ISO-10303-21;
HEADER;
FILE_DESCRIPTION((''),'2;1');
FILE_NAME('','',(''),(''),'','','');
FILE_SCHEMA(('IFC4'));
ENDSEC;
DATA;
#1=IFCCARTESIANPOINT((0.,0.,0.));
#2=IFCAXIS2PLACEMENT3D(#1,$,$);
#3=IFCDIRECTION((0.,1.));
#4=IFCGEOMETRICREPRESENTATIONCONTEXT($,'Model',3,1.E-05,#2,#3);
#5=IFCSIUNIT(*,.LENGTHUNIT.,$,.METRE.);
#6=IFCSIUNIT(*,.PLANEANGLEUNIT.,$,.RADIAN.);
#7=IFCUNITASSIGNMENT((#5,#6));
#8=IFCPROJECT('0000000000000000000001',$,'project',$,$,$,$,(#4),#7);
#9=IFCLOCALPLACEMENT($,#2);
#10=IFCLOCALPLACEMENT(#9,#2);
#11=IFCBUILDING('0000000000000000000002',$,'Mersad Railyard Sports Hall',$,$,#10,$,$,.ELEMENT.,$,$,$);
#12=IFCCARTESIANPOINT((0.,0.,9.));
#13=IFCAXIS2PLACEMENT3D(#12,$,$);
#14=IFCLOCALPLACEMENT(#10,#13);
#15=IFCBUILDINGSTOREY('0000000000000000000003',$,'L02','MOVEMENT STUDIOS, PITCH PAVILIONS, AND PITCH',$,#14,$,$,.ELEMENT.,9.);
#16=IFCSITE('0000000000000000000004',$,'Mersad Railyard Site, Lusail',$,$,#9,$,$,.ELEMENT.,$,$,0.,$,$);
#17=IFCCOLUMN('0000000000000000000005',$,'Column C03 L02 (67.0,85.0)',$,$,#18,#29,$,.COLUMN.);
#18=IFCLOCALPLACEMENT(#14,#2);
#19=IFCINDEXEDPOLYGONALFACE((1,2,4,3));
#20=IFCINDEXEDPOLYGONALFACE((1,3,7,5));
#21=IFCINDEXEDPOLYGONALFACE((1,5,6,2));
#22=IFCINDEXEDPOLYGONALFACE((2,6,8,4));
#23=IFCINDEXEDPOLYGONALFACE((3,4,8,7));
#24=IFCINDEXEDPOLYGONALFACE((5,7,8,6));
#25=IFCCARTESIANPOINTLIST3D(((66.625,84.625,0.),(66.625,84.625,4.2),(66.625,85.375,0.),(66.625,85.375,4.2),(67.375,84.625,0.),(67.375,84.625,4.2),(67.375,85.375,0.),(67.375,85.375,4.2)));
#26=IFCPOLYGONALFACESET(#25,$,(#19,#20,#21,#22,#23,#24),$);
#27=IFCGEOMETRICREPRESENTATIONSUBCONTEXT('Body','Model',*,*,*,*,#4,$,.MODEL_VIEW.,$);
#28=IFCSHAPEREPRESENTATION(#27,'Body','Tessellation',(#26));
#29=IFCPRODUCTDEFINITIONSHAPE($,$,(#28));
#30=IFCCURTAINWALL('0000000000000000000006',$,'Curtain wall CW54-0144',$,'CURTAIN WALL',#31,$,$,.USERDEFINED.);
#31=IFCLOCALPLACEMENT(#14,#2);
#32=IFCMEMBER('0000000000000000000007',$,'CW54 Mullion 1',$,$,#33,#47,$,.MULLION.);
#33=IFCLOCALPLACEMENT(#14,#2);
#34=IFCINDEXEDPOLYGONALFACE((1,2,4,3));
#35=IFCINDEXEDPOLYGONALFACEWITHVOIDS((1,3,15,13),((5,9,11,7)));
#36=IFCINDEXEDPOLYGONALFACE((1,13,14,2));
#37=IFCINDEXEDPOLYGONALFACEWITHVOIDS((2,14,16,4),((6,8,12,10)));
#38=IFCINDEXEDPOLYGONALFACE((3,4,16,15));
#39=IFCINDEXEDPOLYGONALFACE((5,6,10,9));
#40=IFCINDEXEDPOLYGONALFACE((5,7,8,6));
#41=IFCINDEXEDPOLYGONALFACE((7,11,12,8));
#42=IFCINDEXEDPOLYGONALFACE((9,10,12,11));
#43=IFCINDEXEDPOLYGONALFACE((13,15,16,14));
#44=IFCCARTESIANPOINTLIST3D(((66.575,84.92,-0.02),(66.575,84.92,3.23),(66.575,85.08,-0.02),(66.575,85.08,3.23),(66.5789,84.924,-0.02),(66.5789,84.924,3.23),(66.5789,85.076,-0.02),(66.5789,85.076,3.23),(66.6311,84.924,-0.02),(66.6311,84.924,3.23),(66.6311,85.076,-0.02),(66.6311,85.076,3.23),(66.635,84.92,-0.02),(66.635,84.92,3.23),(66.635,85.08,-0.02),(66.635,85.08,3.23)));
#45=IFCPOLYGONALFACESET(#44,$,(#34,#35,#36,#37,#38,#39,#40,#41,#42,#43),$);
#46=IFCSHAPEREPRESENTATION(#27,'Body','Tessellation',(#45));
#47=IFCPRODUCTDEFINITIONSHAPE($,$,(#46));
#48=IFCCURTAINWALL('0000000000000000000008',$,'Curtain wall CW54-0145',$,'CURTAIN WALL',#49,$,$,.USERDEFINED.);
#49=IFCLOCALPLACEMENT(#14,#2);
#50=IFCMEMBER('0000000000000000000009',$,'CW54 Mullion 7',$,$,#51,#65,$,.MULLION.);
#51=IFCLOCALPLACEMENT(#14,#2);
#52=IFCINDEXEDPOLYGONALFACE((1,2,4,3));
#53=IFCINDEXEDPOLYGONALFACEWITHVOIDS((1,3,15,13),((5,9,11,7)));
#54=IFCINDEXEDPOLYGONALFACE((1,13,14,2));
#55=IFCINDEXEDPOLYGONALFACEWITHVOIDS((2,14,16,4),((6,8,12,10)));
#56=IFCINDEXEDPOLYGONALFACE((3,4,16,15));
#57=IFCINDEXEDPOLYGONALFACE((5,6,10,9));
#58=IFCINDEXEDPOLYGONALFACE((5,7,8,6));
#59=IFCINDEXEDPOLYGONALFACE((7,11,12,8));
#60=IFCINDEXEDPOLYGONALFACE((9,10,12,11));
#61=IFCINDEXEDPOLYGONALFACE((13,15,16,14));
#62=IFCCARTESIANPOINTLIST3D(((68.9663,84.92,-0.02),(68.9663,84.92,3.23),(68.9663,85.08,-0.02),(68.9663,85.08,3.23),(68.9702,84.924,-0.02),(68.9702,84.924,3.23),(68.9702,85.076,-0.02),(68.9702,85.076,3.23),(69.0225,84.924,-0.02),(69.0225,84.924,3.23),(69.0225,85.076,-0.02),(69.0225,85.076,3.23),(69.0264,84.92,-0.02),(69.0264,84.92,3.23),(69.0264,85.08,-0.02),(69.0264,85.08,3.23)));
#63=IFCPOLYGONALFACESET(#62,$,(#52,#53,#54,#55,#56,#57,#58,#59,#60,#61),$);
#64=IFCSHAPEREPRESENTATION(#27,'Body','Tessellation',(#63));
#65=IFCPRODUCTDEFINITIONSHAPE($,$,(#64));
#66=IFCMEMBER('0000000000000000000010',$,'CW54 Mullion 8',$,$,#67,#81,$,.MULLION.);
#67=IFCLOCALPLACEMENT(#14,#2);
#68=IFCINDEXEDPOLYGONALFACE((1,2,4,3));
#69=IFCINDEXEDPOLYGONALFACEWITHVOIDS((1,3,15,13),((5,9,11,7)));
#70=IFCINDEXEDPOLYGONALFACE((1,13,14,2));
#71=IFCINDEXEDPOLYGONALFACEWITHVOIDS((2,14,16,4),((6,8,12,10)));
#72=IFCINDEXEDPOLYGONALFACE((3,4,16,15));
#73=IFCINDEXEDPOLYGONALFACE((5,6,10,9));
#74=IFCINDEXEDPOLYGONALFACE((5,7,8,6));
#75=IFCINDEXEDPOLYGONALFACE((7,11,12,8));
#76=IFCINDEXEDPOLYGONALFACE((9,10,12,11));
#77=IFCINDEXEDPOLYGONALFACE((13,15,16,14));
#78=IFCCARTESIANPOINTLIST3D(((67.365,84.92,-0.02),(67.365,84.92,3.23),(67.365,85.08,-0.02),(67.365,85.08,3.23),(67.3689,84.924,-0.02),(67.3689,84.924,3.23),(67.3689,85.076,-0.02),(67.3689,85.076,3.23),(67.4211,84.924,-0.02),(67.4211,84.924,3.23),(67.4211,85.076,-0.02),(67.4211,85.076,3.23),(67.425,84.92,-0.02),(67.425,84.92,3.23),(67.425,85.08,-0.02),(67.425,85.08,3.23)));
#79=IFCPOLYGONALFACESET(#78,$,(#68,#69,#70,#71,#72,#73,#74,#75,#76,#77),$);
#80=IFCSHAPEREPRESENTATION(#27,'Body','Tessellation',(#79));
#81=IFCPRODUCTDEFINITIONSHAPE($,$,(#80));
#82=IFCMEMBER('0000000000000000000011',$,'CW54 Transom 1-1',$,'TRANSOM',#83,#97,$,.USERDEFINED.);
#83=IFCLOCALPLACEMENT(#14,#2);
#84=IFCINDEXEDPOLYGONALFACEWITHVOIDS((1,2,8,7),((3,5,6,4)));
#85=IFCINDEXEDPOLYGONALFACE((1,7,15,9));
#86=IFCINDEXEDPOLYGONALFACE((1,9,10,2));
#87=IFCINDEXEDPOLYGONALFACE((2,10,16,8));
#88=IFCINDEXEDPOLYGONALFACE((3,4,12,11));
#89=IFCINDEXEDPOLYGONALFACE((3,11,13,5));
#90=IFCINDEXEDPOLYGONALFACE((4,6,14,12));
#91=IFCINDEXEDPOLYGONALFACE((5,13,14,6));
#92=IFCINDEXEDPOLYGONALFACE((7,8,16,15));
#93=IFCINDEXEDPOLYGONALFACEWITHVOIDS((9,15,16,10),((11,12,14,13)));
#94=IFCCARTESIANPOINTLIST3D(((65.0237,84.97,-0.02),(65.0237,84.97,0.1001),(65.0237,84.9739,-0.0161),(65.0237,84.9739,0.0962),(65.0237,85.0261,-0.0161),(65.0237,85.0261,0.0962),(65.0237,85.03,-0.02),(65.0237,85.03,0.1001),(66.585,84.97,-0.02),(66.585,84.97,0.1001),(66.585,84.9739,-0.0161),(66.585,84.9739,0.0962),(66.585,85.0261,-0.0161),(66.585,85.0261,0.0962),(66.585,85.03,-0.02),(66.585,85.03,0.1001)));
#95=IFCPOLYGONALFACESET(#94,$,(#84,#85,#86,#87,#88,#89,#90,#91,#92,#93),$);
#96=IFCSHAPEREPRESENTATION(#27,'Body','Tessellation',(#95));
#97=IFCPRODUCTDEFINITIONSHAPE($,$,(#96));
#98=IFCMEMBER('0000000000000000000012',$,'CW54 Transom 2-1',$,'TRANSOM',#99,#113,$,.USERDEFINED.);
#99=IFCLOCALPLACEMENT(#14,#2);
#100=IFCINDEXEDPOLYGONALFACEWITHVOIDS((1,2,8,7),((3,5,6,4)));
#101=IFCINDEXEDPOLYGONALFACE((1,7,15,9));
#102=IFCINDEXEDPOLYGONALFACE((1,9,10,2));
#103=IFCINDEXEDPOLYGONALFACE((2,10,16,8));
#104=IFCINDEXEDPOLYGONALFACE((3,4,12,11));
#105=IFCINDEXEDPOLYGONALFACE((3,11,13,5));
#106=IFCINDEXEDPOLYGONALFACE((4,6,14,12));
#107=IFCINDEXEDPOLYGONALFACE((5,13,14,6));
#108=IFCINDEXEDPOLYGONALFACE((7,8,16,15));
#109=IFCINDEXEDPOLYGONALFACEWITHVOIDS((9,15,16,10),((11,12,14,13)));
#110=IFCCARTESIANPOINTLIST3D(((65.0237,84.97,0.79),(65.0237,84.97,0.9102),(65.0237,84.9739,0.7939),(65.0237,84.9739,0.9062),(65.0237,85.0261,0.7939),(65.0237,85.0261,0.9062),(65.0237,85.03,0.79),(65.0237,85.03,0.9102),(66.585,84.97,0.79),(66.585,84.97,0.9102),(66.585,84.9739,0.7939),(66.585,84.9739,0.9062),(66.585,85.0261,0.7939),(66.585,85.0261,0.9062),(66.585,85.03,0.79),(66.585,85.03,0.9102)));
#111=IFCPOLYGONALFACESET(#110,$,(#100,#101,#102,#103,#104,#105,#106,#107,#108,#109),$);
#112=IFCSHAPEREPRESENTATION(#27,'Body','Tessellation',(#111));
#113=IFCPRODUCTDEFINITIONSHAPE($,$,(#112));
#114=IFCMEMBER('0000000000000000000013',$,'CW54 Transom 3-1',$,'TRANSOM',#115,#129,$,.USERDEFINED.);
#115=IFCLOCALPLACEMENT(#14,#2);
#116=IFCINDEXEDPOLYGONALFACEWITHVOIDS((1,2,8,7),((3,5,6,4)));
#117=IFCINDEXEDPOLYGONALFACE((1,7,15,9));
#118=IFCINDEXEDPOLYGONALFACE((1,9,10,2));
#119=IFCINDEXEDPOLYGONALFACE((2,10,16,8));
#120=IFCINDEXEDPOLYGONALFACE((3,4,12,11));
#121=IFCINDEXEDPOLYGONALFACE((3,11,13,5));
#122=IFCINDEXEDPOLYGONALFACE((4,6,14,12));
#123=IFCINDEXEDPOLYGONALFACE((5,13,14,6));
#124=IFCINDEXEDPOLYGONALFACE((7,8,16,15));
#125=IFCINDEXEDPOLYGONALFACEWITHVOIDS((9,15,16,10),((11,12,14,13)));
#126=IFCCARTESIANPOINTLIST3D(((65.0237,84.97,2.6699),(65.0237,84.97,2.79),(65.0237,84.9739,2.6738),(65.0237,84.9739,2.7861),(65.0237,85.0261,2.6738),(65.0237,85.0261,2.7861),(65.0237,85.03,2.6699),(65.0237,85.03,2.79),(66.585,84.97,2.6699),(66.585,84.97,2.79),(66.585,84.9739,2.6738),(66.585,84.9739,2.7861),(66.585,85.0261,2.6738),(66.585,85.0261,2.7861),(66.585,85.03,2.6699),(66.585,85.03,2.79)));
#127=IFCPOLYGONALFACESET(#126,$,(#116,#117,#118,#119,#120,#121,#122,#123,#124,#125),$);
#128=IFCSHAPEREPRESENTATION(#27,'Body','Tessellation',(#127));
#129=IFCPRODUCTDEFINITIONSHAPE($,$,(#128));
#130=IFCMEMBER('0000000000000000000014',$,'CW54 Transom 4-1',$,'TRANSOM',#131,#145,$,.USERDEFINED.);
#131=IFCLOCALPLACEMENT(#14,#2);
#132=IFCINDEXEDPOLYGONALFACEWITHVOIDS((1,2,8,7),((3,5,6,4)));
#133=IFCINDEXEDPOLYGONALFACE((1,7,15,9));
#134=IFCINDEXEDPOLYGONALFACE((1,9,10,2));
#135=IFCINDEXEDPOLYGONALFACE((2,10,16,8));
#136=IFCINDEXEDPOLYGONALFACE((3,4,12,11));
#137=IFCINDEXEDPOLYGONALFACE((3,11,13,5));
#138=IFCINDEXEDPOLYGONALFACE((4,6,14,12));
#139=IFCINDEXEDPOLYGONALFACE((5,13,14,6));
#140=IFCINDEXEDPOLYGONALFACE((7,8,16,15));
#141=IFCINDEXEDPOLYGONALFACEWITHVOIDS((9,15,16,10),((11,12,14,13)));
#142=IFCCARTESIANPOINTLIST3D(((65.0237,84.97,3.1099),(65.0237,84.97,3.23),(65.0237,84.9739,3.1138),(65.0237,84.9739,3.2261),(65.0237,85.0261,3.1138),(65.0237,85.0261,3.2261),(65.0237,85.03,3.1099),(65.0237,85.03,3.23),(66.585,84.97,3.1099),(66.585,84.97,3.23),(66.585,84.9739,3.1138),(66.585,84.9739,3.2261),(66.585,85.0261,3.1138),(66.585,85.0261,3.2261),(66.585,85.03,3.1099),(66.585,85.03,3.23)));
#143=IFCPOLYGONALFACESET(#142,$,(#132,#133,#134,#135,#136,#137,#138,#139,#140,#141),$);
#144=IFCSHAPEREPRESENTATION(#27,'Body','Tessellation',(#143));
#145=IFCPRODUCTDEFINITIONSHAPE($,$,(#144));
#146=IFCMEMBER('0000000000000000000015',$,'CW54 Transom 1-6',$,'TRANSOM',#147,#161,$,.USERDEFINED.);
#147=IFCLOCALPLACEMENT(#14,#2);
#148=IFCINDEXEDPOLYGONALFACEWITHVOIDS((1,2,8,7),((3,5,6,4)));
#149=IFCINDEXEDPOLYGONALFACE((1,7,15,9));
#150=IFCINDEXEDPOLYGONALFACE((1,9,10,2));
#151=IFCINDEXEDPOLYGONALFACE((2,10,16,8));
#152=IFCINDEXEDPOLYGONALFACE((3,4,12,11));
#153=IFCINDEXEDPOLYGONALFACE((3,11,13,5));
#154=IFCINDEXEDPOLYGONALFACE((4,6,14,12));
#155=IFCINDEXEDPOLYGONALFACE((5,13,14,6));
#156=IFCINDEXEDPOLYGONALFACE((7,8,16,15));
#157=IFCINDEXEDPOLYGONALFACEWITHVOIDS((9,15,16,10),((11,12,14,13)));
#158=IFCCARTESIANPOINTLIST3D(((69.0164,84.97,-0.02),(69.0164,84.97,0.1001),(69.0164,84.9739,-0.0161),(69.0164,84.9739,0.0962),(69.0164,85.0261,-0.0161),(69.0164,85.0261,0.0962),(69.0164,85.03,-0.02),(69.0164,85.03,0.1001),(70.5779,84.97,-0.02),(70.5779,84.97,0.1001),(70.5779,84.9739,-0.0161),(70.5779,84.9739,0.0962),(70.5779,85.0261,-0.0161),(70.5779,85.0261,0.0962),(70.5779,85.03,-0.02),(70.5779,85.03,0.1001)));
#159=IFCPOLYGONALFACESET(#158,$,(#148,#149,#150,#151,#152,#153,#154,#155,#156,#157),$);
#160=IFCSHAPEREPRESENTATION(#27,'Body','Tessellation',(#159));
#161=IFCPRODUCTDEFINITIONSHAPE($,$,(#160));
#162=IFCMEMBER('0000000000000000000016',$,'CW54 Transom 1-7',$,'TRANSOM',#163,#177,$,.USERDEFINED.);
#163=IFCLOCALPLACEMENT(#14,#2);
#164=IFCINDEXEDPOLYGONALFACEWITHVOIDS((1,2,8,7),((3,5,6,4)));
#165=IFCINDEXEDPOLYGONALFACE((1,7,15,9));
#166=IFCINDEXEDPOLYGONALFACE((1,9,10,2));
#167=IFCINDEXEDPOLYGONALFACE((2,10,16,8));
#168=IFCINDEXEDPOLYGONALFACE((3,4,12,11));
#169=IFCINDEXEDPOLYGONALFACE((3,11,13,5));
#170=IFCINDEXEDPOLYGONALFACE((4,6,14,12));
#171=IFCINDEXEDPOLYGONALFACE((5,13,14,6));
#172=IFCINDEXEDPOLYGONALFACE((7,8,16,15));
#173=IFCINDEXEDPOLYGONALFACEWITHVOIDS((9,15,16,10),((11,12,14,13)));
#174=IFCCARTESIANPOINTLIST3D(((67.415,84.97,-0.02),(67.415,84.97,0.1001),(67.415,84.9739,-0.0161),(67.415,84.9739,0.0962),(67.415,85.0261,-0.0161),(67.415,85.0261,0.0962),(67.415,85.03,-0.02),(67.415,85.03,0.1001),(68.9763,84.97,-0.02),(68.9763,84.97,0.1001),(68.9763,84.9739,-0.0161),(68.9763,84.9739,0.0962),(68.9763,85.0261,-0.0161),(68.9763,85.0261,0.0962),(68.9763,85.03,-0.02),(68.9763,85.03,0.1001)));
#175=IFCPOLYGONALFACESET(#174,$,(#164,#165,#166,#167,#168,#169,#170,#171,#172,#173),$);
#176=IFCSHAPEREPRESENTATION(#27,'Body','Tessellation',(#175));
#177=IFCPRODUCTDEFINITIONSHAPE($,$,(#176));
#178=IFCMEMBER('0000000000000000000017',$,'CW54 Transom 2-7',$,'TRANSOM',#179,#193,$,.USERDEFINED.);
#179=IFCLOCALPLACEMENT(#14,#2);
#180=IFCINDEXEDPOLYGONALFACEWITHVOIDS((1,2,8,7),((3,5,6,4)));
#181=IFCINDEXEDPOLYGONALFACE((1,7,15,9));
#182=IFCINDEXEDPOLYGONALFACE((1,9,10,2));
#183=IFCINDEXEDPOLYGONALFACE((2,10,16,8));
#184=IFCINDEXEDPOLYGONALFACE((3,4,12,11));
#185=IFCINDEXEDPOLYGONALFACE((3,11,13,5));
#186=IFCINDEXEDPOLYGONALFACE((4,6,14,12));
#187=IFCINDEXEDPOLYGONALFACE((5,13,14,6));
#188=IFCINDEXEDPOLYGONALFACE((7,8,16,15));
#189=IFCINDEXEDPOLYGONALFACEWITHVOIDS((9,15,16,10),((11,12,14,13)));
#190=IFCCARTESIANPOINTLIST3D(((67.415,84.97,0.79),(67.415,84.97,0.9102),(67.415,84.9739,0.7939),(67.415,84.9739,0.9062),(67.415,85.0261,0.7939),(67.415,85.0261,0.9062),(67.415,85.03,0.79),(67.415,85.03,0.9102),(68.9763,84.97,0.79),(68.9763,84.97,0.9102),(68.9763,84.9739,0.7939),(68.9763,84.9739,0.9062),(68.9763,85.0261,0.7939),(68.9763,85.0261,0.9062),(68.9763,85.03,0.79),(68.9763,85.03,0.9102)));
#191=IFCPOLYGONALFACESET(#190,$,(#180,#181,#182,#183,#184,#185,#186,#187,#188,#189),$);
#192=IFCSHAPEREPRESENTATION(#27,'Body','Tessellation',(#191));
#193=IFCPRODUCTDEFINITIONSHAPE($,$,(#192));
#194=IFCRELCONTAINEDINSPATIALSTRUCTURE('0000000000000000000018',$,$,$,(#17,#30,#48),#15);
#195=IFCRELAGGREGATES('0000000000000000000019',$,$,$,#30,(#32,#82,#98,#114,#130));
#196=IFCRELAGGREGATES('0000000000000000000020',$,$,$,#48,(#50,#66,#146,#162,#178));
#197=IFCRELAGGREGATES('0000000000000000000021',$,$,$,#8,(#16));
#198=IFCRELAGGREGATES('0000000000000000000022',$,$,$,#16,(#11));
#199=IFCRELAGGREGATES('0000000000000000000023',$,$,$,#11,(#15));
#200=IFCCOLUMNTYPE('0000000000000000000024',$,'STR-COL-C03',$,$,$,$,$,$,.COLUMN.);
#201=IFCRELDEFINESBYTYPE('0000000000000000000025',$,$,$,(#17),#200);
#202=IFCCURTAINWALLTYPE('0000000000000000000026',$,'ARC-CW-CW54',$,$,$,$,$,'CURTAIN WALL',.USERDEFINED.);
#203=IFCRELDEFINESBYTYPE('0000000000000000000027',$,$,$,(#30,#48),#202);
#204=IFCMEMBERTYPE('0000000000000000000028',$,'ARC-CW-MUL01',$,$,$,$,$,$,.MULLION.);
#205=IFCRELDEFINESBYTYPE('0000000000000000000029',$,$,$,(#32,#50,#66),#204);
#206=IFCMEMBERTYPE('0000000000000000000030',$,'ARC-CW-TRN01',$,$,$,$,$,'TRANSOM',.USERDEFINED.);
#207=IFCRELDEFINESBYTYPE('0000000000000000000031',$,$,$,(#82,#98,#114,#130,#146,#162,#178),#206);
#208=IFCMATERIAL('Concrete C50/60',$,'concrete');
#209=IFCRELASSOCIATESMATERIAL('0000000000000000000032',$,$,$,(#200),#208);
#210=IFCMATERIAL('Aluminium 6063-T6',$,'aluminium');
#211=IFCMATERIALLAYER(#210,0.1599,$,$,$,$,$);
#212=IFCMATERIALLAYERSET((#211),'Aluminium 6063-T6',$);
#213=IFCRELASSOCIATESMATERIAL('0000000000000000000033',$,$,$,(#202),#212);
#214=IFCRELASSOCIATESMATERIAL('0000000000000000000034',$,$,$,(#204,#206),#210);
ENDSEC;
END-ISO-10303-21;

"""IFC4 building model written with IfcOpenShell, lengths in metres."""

from ifc_helpers import new_model, si_unit, direction, frame, origin, origin_2d, place, context, subcontext, project, spatial, rectangle, hollow_rectangle, extrude, material, layer, layer_set, material_profile, profile_set, type_object, element, aggregate, save


model = new_model("IFC4")

# Units and contexts
model_context = context("Model", 3, precision=1e-05, world=origin(), true_north=direction((0.0, 1.0)))
body_context = subcontext(model_context, "Body", "Model", "MODEL_VIEW")
ifc_project = project(units=[si_unit("LENGTHUNIT", "METRE"), si_unit("PLANEANGLEUNIT", "RADIAN")], contexts=[model_context])

# Site, building, storey
site_placement = place(None, origin())
site = spatial("IfcSite", under=ifc_project, at=site_placement, Name="Mersad Railyard Site, Lusail", CompositionType="ELEMENT", RefElevation=0.0)
building_placement = place(site_placement, origin())
building = spatial("IfcBuilding", under=site, at=building_placement, Name="Mersad Railyard Sports Hall", CompositionType="ELEMENT")
storey_placement = place(building_placement, frame((0.0, 0.0, 9.0)))
storey = spatial("IfcBuildingStorey", under=building, at=storey_placement, Name="L02", Description="MOVEMENT STUDIOS, PITCH PAVILIONS, AND PITCH", CompositionType="ELEMENT", Elevation=9.0)

# Column
ifc_material_1 = material(Name="Concrete C50/60", Category="concrete")
ifc_material_profile_1 = material_profile(ifc_material_1, rectangle(XDim=0.75, YDim=0.75, at=origin_2d()), Name="RC 750x750")
ifc_profile_set_1 = profile_set([ifc_material_profile_1], Name="Concrete C50/60")
column_type = type_object("IfcColumnType", Name="STR-COL-C03", PredefinedType="COLUMN", material=ifc_profile_set_1)
column_placement = place(storey_placement, frame((67.0, 85.0, 0.0), z_axis=(0.0, 0.0, 1.0), x_axis=(1.0, 0.0, 0.0)))
element("IfcColumn", 1, at=column_placement, inside=storey, type_object=column_type, Name="Column C03 L02 (67.0,85.0)", PredefinedType="COLUMN", context=body_context, shape_type="SweptSolid", body=[
    extrude(rectangle(XDim=0.75, YDim=0.75, at=origin_2d()), origin(), (0.0, 0.0, 1.0), 4.2),
])

# Curtain wall, member
ifc_material_2 = material(Name="Aluminium 6063-T6", Category="aluminium")
ifc_layer_1 = layer(ifc_material_2, 0.1599)
ifc_layer_set_1 = layer_set([ifc_layer_1], Name="Aluminium 6063-T6")
curtain_wall_type = type_object("IfcCurtainWallType", Name="ARC-CW-CW54", ElementType="CURTAIN WALL", PredefinedType="USERDEFINED", material=ifc_layer_set_1)
curtain_wall_1_placement = place(storey_placement, origin())
curtain_wall_1 = element("IfcCurtainWall", 2, at=curtain_wall_1_placement, inside=storey, type_object=curtain_wall_type, Name="Curtain wall CW54-0144", ObjectType="CURTAIN WALL", PredefinedType="USERDEFINED")
ifc_material_profile_2 = material_profile(ifc_material_2, hollow_rectangle(XDim=0.0601, YDim=0.1599, WallThickness=0.0039, at=origin_2d()), Name="AL MULLION 60x160x4")
ifc_profile_set_2 = profile_set([ifc_material_profile_2], Name="Aluminium 6063-T6")
member_type_1 = type_object("IfcMemberType", Name="ARC-CW-MUL01", PredefinedType="MULLION", material=ifc_profile_set_2)
member_1_placement = place(storey_placement, frame((66.605, 85.0, -0.02), z_axis=(0.0, 0.0, 1.0), x_axis=(1.0, 0.0, 0.0)))
member_1 = element("IfcMember", 3, at=member_1_placement, type_object=member_type_1, Name="CW54 Mullion 1", PredefinedType="MULLION", context=body_context, shape_type="SweptSolid", body=[
    extrude(hollow_rectangle(XDim=0.0601, YDim=0.1599, WallThickness=0.0039, at=origin_2d()), origin(), (0.0, 0.0, 1.0), 3.25),
])

# Curtain wall, members
curtain_wall_2_placement = place(storey_placement, origin())
curtain_wall_2 = element("IfcCurtainWall", 4, at=curtain_wall_2_placement, inside=storey, type_object=curtain_wall_type, Name="Curtain wall CW54-0145", ObjectType="CURTAIN WALL", PredefinedType="USERDEFINED")
member_2_placement = place(storey_placement, frame((68.9963, 85.0, -0.02), z_axis=(0.0, 0.0, 1.0), x_axis=(1.0, 0.0, 0.0)))
member_2 = element("IfcMember", 5, at=member_2_placement, type_object=member_type_1, Name="CW54 Mullion 7", PredefinedType="MULLION", context=body_context, shape_type="SweptSolid", body=[
    extrude(hollow_rectangle(XDim=0.0601, YDim=0.1599, WallThickness=0.0039, at=origin_2d()), origin(), (0.0, 0.0, 1.0), 3.25),
])
member_3_placement = place(storey_placement, frame((67.395, 85.0, -0.02), z_axis=(0.0, 0.0, 1.0), x_axis=(1.0, 0.0, 0.0)))
member_3 = element("IfcMember", 6, at=member_3_placement, type_object=member_type_1, Name="CW54 Mullion 8", PredefinedType="MULLION", context=body_context, shape_type="SweptSolid", body=[
    extrude(hollow_rectangle(XDim=0.0601, YDim=0.1599, WallThickness=0.0039, at=origin_2d()), origin(), (0.0, 0.0, 1.0), 3.25),
])

# Members
ifc_material_profile_3 = material_profile(ifc_material_2, hollow_rectangle(XDim=0.0601, YDim=0.1201, WallThickness=0.0039, at=origin_2d()), Name="AL TRANSOM 60x120x4")
ifc_profile_set_3 = profile_set([ifc_material_profile_3], Name="Aluminium 6063-T6")
member_type_2 = type_object("IfcMemberType", Name="ARC-CW-TRN01", ElementType="TRANSOM", PredefinedType="USERDEFINED", material=ifc_profile_set_3)
member_4_placement = place(storey_placement, frame((66.585, 85.0, 0.04), z_axis=(-1.0, 0.0, 0.0), x_axis=(0.0, -1.0, 0.0)))
member_4 = element("IfcMember", 7, at=member_4_placement, type_object=member_type_2, Name="CW54 Transom 1-1", ObjectType="TRANSOM", PredefinedType="USERDEFINED", context=body_context, shape_type="SweptSolid", body=[
    extrude(hollow_rectangle(XDim=0.0601, YDim=0.1201, WallThickness=0.0039, at=origin_2d()), origin(), (0.0, 0.0, 1.0), 1.5613),
])
member_5_placement = place(storey_placement, frame((66.585, 85.0, 0.8501), z_axis=(-1.0, 0.0, 0.0), x_axis=(0.0, -1.0, 0.0)))
member_5 = element("IfcMember", 8, at=member_5_placement, type_object=member_type_2, Name="CW54 Transom 2-1", ObjectType="TRANSOM", PredefinedType="USERDEFINED", context=body_context, shape_type="SweptSolid", body=[
    extrude(hollow_rectangle(XDim=0.0601, YDim=0.1201, WallThickness=0.0039, at=origin_2d()), origin(), (0.0, 0.0, 1.0), 1.5613),
])
member_6_placement = place(storey_placement, frame((66.585, 85.0, 2.73), z_axis=(-1.0, 0.0, 0.0), x_axis=(0.0, -1.0, 0.0)))
member_6 = element("IfcMember", 9, at=member_6_placement, type_object=member_type_2, Name="CW54 Transom 3-1", ObjectType="TRANSOM", PredefinedType="USERDEFINED", context=body_context, shape_type="SweptSolid", body=[
    extrude(hollow_rectangle(XDim=0.0601, YDim=0.1201, WallThickness=0.0039, at=origin_2d()), origin(), (0.0, 0.0, 1.0), 1.5613),
])
member_7_placement = place(storey_placement, frame((66.585, 85.0, 3.1699), z_axis=(-1.0, 0.0, 0.0), x_axis=(0.0, -1.0, 0.0)))
member_7 = element("IfcMember", 10, at=member_7_placement, type_object=member_type_2, Name="CW54 Transom 4-1", ObjectType="TRANSOM", PredefinedType="USERDEFINED", context=body_context, shape_type="SweptSolid", body=[
    extrude(hollow_rectangle(XDim=0.0601, YDim=0.1201, WallThickness=0.0039, at=origin_2d()), origin(), (0.0, 0.0, 1.0), 1.5613),
])
member_8_placement = place(storey_placement, frame((70.5779, 85.0, 0.04), z_axis=(-1.0, 0.0, 0.0), x_axis=(0.0, -1.0, 0.0)))
member_8 = element("IfcMember", 11, at=member_8_placement, type_object=member_type_2, Name="CW54 Transom 1-6", ObjectType="TRANSOM", PredefinedType="USERDEFINED", context=body_context, shape_type="SweptSolid", body=[
    extrude(hollow_rectangle(XDim=0.0601, YDim=0.1201, WallThickness=0.0039, at=origin_2d()), origin(), (0.0, 0.0, 1.0), 1.5615),
])
member_9_placement = place(storey_placement, frame((68.9763, 85.0, 0.04), z_axis=(-1.0, 0.0, 0.0), x_axis=(0.0, -1.0, 0.0)))
member_9 = element("IfcMember", 12, at=member_9_placement, type_object=member_type_2, Name="CW54 Transom 1-7", ObjectType="TRANSOM", PredefinedType="USERDEFINED", context=body_context, shape_type="SweptSolid", body=[
    extrude(hollow_rectangle(XDim=0.0601, YDim=0.1201, WallThickness=0.0039, at=origin_2d()), origin(), (0.0, 0.0, 1.0), 1.5613),
])
member_10_placement = place(storey_placement, frame((68.9763, 85.0, 0.8501), z_axis=(-1.0, 0.0, 0.0), x_axis=(0.0, -1.0, 0.0)))
member_10 = element("IfcMember", 13, at=member_10_placement, type_object=member_type_2, Name="CW54 Transom 2-7", ObjectType="TRANSOM", PredefinedType="USERDEFINED", context=body_context, shape_type="SweptSolid", body=[
    extrude(hollow_rectangle(XDim=0.0601, YDim=0.1201, WallThickness=0.0039, at=origin_2d()), origin(), (0.0, 0.0, 1.0), 1.5613),
])

aggregate(curtain_wall_1, [member_1, member_4, member_5, member_6, member_7])
aggregate(curtain_wall_2, [member_2, member_3, member_8, member_9, member_10])

save(model, "model.ifc")
